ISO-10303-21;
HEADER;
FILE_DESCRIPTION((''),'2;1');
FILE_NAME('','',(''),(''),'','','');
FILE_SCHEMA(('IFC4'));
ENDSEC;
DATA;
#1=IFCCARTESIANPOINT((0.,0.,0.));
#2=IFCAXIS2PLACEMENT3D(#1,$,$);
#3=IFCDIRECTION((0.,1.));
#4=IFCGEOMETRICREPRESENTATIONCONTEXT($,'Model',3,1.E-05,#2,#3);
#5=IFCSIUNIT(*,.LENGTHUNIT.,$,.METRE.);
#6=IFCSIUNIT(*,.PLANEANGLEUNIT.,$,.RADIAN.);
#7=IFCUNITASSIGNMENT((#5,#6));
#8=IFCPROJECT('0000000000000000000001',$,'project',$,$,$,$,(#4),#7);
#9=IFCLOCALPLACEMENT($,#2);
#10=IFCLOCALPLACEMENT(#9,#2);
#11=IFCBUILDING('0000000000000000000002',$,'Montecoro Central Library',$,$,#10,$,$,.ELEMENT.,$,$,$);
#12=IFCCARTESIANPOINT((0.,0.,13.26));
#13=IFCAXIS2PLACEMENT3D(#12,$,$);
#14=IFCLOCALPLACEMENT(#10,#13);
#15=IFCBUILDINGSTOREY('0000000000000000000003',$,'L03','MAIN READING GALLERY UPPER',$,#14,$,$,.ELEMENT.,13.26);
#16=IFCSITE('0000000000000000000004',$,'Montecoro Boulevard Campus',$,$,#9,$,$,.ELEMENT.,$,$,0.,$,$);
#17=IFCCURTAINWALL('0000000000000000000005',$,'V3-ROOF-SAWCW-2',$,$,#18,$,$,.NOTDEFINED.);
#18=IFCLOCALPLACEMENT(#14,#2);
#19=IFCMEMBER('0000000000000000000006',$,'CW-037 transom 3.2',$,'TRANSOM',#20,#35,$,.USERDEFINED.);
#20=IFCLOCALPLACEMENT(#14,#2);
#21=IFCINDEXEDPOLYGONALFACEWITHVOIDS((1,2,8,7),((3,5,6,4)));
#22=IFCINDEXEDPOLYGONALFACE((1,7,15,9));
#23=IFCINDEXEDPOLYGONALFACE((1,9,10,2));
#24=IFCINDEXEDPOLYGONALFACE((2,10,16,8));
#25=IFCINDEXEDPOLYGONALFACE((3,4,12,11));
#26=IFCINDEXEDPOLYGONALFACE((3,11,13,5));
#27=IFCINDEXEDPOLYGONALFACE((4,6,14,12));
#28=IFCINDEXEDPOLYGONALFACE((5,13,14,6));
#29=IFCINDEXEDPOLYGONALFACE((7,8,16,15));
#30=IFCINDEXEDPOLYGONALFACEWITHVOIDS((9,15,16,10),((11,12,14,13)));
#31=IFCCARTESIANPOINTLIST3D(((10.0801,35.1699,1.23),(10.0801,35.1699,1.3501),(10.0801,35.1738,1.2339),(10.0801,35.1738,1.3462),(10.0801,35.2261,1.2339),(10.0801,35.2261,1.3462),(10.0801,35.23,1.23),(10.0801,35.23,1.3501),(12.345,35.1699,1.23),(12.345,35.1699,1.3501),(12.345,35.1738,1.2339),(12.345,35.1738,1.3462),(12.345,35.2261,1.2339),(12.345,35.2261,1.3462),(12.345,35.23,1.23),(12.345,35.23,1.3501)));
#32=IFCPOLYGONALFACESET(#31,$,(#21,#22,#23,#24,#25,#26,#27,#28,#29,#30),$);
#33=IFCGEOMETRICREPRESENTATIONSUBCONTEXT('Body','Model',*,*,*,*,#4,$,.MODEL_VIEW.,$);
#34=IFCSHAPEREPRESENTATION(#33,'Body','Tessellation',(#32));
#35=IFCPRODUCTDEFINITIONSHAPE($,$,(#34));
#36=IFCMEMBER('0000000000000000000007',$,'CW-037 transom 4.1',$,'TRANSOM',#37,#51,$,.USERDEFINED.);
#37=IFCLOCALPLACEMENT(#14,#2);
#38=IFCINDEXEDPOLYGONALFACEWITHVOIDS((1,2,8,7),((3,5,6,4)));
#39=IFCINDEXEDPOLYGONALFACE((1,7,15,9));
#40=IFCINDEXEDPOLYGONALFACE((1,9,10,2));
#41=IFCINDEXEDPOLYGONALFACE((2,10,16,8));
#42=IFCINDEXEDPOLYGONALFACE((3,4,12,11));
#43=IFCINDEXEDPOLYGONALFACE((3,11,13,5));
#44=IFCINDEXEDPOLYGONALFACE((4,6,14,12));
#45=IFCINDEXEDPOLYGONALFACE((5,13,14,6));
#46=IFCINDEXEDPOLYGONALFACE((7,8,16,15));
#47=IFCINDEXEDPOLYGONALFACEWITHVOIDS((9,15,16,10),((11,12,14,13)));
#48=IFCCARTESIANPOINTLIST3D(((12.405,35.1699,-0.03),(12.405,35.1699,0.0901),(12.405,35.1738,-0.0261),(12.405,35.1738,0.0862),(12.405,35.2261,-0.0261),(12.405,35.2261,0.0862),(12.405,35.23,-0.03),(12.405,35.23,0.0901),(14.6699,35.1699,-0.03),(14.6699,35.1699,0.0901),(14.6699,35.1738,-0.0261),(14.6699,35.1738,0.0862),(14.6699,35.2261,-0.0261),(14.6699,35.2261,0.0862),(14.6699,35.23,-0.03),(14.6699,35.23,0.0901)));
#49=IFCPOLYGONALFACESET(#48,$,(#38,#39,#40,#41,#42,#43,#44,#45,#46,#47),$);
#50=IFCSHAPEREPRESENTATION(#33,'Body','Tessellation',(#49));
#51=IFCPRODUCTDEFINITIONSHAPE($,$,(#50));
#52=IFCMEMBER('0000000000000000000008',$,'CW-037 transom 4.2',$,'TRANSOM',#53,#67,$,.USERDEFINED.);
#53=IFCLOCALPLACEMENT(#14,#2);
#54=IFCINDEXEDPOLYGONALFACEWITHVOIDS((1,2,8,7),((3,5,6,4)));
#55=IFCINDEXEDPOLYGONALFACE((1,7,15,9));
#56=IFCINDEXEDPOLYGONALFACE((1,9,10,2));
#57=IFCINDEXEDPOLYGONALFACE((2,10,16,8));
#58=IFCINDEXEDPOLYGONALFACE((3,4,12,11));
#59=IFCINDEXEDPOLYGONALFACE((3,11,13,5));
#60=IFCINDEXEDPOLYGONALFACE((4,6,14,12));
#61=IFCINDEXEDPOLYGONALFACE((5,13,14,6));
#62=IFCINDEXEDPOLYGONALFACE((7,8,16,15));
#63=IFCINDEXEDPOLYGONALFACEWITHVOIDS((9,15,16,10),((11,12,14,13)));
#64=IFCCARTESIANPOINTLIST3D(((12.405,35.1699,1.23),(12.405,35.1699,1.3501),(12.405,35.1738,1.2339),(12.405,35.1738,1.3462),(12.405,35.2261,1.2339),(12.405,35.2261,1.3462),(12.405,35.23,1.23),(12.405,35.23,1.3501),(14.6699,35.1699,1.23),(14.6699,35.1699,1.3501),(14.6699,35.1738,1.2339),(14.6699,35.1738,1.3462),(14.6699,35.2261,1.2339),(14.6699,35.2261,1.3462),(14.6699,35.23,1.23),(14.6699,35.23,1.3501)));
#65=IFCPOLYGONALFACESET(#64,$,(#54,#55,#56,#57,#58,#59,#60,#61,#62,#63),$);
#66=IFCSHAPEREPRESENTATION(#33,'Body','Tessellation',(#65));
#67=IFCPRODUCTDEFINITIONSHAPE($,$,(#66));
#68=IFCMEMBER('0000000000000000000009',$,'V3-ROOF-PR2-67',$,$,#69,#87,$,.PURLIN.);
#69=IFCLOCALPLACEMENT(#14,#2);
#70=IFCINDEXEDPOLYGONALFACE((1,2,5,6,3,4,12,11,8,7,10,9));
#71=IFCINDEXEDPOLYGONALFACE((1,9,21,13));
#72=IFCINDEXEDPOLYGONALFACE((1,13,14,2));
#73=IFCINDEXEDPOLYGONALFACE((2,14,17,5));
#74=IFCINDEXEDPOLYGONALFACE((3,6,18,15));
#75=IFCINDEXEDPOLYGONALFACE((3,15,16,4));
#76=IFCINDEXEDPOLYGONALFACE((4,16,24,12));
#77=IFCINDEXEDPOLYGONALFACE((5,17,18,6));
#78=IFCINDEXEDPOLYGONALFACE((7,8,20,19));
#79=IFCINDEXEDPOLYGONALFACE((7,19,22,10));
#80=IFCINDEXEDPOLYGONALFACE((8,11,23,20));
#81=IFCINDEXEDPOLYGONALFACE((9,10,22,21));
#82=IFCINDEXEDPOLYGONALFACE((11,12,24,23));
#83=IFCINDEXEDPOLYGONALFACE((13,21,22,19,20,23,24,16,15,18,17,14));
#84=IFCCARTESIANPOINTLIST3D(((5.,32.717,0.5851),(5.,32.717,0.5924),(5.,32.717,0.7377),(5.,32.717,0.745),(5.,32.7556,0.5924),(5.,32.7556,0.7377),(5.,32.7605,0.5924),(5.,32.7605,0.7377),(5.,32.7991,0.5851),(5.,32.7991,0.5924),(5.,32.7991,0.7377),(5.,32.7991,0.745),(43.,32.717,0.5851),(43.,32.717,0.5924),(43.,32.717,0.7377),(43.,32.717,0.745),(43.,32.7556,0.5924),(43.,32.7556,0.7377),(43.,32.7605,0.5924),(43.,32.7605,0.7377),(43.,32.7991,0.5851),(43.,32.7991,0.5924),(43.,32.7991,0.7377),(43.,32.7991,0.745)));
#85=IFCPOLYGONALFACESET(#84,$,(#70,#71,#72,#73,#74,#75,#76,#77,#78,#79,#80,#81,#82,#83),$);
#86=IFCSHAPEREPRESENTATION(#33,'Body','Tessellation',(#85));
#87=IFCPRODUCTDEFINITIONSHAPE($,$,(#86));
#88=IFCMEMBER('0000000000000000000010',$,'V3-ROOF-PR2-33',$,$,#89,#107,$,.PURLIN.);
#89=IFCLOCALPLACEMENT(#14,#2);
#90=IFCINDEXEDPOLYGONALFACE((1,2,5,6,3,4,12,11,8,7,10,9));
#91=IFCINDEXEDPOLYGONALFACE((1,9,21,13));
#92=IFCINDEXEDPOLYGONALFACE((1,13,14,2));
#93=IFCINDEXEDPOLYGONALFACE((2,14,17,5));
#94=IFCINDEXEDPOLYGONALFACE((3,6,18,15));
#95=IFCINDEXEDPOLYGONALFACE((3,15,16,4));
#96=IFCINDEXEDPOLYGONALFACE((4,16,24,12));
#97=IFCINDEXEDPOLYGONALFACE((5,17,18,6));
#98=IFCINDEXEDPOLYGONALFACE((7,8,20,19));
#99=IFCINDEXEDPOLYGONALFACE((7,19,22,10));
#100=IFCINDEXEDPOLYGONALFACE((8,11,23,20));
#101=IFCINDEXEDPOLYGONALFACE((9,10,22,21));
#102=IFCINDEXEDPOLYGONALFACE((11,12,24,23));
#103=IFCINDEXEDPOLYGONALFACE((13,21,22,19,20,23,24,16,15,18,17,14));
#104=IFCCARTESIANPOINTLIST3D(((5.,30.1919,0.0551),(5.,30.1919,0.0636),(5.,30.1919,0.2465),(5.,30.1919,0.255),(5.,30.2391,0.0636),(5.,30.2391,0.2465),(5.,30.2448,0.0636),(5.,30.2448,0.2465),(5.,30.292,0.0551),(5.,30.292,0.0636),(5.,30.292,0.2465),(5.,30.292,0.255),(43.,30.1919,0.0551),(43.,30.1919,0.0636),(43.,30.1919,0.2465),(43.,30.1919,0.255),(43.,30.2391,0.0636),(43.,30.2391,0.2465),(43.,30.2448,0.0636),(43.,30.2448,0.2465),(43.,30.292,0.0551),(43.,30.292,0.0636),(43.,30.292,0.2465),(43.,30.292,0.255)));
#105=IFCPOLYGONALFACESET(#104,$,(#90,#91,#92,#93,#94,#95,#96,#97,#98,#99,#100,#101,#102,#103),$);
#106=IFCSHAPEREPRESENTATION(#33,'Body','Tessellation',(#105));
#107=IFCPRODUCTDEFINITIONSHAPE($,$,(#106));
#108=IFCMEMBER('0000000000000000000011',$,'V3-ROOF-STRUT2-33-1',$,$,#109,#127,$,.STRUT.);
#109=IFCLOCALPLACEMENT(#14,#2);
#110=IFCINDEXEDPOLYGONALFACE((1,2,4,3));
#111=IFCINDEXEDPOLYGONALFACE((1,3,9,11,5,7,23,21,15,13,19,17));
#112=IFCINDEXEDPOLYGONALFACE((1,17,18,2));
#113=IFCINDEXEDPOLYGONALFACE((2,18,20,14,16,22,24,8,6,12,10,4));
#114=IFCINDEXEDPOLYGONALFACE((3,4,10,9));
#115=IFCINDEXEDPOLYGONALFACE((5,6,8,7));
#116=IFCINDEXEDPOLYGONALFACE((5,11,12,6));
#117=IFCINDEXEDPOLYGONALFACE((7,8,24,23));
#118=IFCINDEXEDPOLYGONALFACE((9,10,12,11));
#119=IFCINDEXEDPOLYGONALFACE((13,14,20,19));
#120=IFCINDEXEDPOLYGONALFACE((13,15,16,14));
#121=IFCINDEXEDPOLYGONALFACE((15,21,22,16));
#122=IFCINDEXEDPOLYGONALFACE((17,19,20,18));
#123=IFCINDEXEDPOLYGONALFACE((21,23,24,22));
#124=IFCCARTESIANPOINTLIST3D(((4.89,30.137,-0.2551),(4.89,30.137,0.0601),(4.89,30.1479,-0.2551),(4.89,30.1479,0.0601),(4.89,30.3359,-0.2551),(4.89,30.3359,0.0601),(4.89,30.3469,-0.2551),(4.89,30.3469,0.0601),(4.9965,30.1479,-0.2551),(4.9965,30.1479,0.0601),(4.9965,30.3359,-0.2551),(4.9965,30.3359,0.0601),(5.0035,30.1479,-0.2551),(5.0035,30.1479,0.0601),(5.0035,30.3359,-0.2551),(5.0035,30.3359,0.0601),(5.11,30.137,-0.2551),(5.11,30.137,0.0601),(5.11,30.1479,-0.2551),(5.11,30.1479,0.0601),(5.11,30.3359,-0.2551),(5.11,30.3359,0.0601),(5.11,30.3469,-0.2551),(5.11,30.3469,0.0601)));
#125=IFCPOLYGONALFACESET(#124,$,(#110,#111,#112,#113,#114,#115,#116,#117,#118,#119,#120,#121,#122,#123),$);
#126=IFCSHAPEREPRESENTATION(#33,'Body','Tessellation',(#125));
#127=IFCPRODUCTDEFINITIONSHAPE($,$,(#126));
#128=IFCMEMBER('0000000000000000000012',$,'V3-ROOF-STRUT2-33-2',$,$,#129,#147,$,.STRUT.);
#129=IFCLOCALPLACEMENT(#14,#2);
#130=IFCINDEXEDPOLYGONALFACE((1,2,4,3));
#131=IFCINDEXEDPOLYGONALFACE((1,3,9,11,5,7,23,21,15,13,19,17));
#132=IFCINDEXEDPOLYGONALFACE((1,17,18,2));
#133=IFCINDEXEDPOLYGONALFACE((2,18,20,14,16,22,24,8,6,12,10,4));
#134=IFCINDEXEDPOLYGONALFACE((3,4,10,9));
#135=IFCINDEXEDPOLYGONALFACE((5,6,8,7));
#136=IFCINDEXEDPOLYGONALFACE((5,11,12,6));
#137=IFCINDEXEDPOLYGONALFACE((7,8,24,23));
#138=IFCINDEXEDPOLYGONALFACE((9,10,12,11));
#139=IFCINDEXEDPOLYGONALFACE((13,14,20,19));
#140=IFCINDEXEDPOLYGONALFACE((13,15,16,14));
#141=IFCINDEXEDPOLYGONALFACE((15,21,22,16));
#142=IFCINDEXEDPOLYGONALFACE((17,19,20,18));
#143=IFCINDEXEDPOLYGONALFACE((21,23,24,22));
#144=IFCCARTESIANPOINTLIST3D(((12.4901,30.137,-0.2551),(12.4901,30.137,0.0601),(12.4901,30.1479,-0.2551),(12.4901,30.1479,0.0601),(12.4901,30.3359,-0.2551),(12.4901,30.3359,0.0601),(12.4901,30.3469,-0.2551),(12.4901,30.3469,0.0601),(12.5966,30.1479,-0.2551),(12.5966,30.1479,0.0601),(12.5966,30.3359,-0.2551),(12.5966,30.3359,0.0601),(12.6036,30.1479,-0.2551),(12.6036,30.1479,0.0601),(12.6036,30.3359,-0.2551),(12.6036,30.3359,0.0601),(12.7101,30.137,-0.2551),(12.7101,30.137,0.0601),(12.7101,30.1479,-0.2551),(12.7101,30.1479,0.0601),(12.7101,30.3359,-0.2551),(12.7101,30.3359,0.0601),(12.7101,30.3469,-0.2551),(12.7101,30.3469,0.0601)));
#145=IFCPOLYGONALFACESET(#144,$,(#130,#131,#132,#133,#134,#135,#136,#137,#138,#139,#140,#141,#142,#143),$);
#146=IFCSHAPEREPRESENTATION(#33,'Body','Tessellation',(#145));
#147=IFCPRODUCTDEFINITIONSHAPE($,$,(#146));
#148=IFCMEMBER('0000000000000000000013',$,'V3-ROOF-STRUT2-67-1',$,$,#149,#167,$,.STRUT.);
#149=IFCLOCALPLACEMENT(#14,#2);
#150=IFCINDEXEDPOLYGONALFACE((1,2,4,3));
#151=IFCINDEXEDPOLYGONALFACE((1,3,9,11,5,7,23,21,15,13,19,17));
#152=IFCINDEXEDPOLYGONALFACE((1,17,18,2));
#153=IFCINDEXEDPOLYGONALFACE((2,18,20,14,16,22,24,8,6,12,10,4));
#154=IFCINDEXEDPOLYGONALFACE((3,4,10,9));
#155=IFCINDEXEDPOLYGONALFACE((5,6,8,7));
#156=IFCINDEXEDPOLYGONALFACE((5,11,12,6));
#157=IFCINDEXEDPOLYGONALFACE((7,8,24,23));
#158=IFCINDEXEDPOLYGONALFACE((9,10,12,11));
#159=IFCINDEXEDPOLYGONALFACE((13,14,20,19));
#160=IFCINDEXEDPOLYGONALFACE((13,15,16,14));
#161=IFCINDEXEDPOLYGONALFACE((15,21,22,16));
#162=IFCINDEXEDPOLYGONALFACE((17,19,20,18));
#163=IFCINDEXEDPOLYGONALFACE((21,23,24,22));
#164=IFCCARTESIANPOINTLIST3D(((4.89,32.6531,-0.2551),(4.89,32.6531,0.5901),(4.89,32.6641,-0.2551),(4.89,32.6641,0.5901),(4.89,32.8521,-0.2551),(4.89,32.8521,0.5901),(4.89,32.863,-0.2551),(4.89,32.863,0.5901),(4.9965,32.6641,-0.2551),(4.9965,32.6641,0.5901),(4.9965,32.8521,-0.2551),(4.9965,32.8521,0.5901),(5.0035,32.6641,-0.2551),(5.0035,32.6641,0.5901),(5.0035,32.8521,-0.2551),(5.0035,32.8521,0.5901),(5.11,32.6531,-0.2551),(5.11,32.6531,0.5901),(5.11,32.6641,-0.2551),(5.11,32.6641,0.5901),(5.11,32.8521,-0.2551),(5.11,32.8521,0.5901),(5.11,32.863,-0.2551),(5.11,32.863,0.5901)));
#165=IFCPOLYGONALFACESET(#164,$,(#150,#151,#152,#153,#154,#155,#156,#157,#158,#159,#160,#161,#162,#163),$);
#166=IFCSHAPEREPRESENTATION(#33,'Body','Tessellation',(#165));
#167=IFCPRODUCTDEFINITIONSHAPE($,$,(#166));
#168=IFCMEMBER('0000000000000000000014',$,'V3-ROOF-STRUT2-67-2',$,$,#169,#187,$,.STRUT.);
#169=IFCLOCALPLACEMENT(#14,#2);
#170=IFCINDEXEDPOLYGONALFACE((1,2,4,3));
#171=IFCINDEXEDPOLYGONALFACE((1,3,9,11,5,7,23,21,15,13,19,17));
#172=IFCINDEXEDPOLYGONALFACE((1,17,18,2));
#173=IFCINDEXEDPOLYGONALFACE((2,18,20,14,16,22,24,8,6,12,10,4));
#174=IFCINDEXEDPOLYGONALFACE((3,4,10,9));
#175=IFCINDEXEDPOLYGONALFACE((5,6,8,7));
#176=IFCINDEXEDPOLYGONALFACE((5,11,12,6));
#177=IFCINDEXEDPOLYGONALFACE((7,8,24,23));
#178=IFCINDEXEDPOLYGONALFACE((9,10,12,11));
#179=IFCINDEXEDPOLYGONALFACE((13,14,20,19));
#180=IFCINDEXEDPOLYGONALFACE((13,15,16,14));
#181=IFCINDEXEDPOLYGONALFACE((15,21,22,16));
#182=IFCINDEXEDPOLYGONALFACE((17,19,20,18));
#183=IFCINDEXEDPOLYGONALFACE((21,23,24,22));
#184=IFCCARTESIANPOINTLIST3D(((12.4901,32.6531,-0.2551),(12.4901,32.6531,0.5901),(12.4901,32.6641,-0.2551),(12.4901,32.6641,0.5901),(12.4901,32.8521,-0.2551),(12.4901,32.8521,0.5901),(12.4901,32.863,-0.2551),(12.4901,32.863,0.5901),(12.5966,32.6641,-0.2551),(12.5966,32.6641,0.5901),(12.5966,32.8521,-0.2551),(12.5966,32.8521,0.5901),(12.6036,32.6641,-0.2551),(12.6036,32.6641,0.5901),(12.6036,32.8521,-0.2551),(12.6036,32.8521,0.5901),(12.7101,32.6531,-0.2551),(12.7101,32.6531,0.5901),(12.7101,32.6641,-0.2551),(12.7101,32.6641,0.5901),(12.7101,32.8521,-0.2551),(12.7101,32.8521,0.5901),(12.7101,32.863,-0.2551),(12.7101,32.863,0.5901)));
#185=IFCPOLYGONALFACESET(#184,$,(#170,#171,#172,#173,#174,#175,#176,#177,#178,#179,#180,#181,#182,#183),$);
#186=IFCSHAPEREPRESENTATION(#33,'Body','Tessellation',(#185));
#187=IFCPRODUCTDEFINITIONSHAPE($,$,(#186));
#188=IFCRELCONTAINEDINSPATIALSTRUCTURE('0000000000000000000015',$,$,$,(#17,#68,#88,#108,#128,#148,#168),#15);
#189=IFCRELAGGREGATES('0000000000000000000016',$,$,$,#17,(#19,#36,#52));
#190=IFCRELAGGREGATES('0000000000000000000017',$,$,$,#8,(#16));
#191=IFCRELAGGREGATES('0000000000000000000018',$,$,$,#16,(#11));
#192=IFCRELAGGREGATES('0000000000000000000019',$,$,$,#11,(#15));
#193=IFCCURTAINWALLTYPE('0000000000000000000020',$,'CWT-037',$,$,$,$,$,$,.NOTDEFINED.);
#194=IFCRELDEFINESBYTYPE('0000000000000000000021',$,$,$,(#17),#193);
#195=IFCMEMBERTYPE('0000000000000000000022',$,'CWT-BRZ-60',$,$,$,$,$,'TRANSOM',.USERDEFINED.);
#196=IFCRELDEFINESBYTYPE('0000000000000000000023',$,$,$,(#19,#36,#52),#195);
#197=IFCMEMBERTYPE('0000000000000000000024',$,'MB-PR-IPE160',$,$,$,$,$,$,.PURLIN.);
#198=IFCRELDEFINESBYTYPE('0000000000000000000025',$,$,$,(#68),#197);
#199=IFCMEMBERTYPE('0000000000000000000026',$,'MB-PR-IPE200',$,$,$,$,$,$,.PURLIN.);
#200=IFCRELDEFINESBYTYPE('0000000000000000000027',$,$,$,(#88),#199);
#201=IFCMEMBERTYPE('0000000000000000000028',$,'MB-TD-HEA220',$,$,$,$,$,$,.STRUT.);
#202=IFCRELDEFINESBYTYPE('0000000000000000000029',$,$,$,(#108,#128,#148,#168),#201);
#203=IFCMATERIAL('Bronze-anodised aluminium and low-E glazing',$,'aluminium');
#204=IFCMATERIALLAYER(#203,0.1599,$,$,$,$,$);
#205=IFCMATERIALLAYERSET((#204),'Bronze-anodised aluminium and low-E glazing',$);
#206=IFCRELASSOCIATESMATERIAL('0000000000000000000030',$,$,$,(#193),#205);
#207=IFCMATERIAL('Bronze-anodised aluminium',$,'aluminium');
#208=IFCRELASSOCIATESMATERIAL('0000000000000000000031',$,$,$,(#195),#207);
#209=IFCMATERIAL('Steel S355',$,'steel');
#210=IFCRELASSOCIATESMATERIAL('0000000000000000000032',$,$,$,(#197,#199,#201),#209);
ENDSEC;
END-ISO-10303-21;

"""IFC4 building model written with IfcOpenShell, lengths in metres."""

from ifc_helpers import new_model, si_unit, direction, frame, origin, origin_2d, place, context, subcontext, project, spatial, hollow_rectangle, i_section, extrude, material, layer, layer_set, material_profile, profile_set, type_object, element, aggregate, save


model = new_model("IFC4")

# Units and contexts
model_context = context("Model", 3, precision=1e-05, world=origin(), true_north=direction((0.0, 1.0)))
body_context = subcontext(model_context, "Body", "Model", "MODEL_VIEW")
ifc_project = project(units=[si_unit("LENGTHUNIT", "METRE"), si_unit("PLANEANGLEUNIT", "RADIAN")], contexts=[model_context])

# Site, building, storey
site_placement = place(None, origin())
site = spatial("IfcSite", under=ifc_project, at=site_placement, Name="Montecoro Boulevard Campus", CompositionType="ELEMENT", RefElevation=0.0)
building_placement = place(site_placement, origin())
building = spatial("IfcBuilding", under=site, at=building_placement, Name="Montecoro Central Library", CompositionType="ELEMENT")
storey_placement = place(building_placement, frame((0.0, 0.0, 13.26)))
storey = spatial("IfcBuildingStorey", under=building, at=storey_placement, Name="L03", Description="MAIN READING GALLERY UPPER", CompositionType="ELEMENT", Elevation=13.26)

# Shared definitions
ifc_material_1 = material(Name="Steel S355", Category="steel")

# Curtain wall, members
ifc_material_2 = material(Name="Bronze-anodised aluminium and low-E glazing", Category="aluminium")
ifc_layer_1 = layer(ifc_material_2, 0.1599)
ifc_layer_set_1 = layer_set([ifc_layer_1], Name="Bronze-anodised aluminium and low-E glazing")
curtain_wall_type = type_object("IfcCurtainWallType", Name="CWT-037", PredefinedType="NOTDEFINED", material=ifc_layer_set_1)
curtain_wall_placement = place(storey_placement, origin())
curtain_wall = element("IfcCurtainWall", 1, at=curtain_wall_placement, inside=storey, type_object=curtain_wall_type, Name="V3-ROOF-SAWCW-2", PredefinedType="NOTDEFINED")
ifc_material_3 = material(Name="Bronze-anodised aluminium", Category="aluminium")
ifc_material_profile_1 = material_profile(ifc_material_3, hollow_rectangle(XDim=0.0601, YDim=0.1201, WallThickness=0.0039, at=origin_2d()), Name="CWT 120x60x4.0")
ifc_profile_set_1 = profile_set([ifc_material_profile_1], Name="Bronze-anodised aluminium")
member_type_1 = type_object("IfcMemberType", Name="CWT-BRZ-60", ElementType="TRANSOM", PredefinedType="USERDEFINED", material=ifc_profile_set_1)
member_1_placement = place(storey_placement, frame((10.0801, 35.2, 1.29), z_axis=(1.0, 0.0, 0.0), x_axis=(0.0, 1.0, 0.0)))
member_1 = element("IfcMember", 2, at=member_1_placement, type_object=member_type_1, Name="CW-037 transom 3.2", ObjectType="TRANSOM", PredefinedType="USERDEFINED", context=body_context, shape_type="SweptSolid", body=[
    extrude(hollow_rectangle(XDim=0.0601, YDim=0.1201, WallThickness=0.0039, at=origin_2d()), origin(), (0.0, 0.0, 1.0), 2.2649),
])
member_2_placement = place(storey_placement, frame((12.405, 35.2, 0.03), z_axis=(1.0, 0.0, 0.0), x_axis=(0.0, 1.0, 0.0)))
member_2 = element("IfcMember", 3, at=member_2_placement, type_object=member_type_1, Name="CW-037 transom 4.1", ObjectType="TRANSOM", PredefinedType="USERDEFINED", context=body_context, shape_type="SweptSolid", body=[
    extrude(hollow_rectangle(XDim=0.0601, YDim=0.1201, WallThickness=0.0039, at=origin_2d()), origin(), (0.0, 0.0, 1.0), 2.2649),
])
member_3_placement = place(storey_placement, frame((12.405, 35.2, 1.29), z_axis=(1.0, 0.0, 0.0), x_axis=(0.0, 1.0, 0.0)))
member_3 = element("IfcMember", 4, at=member_3_placement, type_object=member_type_1, Name="CW-037 transom 4.2", ObjectType="TRANSOM", PredefinedType="USERDEFINED", context=body_context, shape_type="SweptSolid", body=[
    extrude(hollow_rectangle(XDim=0.0601, YDim=0.1201, WallThickness=0.0039, at=origin_2d()), origin(), (0.0, 0.0, 1.0), 2.2649),
])

# Members
ifc_material_profile_2 = material_profile(ifc_material_1, i_section(OverallWidth=0.082, OverallDepth=0.1599, WebThickness=0.0049, FlangeThickness=0.0073, at=origin_2d()), Name="IPE 160")
ifc_profile_set_2 = profile_set([ifc_material_profile_2], Name="Steel S355")
member_type_2 = type_object("IfcMemberType", Name="MB-PR-IPE160", PredefinedType="PURLIN", material=ifc_profile_set_2)
member_4_placement = place(storey_placement, frame((5.0, 32.7581, 0.665), z_axis=(1.0, 0.0, 0.0), x_axis=(0.0, 1.0, 0.0)))
element("IfcMember", 5, at=member_4_placement, inside=storey, type_object=member_type_2, Name="V3-ROOF-PR2-67", PredefinedType="PURLIN", context=body_context, shape_type="SweptSolid", body=[
    extrude(i_section(OverallWidth=0.082, OverallDepth=0.1599, WebThickness=0.0049, FlangeThickness=0.0073, at=origin_2d()), origin(), (0.0, 0.0, 1.0), 38.0),
])
ifc_material_profile_3 = material_profile(ifc_material_1, i_section(OverallWidth=0.1001, OverallDepth=0.2, WebThickness=0.0056, FlangeThickness=0.0085, at=origin_2d()), Name="IPE 200")
ifc_profile_set_3 = profile_set([ifc_material_profile_3], Name="Steel S355")
member_type_3 = type_object("IfcMemberType", Name="MB-PR-IPE200", PredefinedType="PURLIN", material=ifc_profile_set_3)
member_5_placement = place(storey_placement, frame((5.0, 30.2419, 0.155), z_axis=(1.0, 0.0, 0.0), x_axis=(0.0, 1.0, 0.0)))
element("IfcMember", 6, at=member_5_placement, inside=storey, type_object=member_type_3, Name="V3-ROOF-PR2-33", PredefinedType="PURLIN", context=body_context, shape_type="SweptSolid", body=[
    extrude(i_section(OverallWidth=0.1001, OverallDepth=0.2, WebThickness=0.0056, FlangeThickness=0.0085, at=origin_2d()), origin(), (0.0, 0.0, 1.0), 38.0),
])
ifc_material_profile_4 = material_profile(ifc_material_1, i_section(OverallWidth=0.22, OverallDepth=0.21, WebThickness=0.0071, FlangeThickness=0.011, at=origin_2d()), Name="HEA 220")
ifc_profile_set_4 = profile_set([ifc_material_profile_4], Name="Steel S355")
member_type_4 = type_object("IfcMemberType", Name="MB-TD-HEA220", PredefinedType="STRUT", material=ifc_profile_set_4)
for number, where, z_axis, x_axis, name in (
    (7, (5.0, 30.2419, -0.2551), (0.0, 0.0, 1.0), (1.0, 0.0, 0.0), "V3-ROOF-STRUT2-33-1"),
    (8, (12.6001, 30.2419, -0.2551), (0.0, 0.0, 1.0), (1.0, 0.0, 0.0), "V3-ROOF-STRUT2-33-2"),
):
    element("IfcMember", number, at=place(storey_placement, frame(where, z_axis=z_axis, x_axis=x_axis)), inside=storey, type_object=member_type_4, Name=name, PredefinedType="STRUT", context=body_context, shape_type="SweptSolid", body=[
        extrude(i_section(OverallWidth=0.22, OverallDepth=0.21, WebThickness=0.0071, FlangeThickness=0.011, at=origin_2d()), origin(), (0.0, 0.0, 1.0), 0.3152),
    ])
for number, where, z_axis, x_axis, name in (
    (9, (5.0, 32.7581, -0.2551), (0.0, 0.0, 1.0), (1.0, 0.0, 0.0), "V3-ROOF-STRUT2-67-1"),
    (10, (12.6001, 32.7581, -0.2551), (0.0, 0.0, 1.0), (1.0, 0.0, 0.0), "V3-ROOF-STRUT2-67-2"),
):
    element("IfcMember", number, at=place(storey_placement, frame(where, z_axis=z_axis, x_axis=x_axis)), inside=storey, type_object=member_type_4, Name=name, PredefinedType="STRUT", context=body_context, shape_type="SweptSolid", body=[
        extrude(i_section(OverallWidth=0.22, OverallDepth=0.21, WebThickness=0.0071, FlangeThickness=0.011, at=origin_2d()), origin(), (0.0, 0.0, 1.0), 0.8452),
    ])

aggregate(curtain_wall, [member_1, member_2, member_3])

save(model, "model.ifc")
